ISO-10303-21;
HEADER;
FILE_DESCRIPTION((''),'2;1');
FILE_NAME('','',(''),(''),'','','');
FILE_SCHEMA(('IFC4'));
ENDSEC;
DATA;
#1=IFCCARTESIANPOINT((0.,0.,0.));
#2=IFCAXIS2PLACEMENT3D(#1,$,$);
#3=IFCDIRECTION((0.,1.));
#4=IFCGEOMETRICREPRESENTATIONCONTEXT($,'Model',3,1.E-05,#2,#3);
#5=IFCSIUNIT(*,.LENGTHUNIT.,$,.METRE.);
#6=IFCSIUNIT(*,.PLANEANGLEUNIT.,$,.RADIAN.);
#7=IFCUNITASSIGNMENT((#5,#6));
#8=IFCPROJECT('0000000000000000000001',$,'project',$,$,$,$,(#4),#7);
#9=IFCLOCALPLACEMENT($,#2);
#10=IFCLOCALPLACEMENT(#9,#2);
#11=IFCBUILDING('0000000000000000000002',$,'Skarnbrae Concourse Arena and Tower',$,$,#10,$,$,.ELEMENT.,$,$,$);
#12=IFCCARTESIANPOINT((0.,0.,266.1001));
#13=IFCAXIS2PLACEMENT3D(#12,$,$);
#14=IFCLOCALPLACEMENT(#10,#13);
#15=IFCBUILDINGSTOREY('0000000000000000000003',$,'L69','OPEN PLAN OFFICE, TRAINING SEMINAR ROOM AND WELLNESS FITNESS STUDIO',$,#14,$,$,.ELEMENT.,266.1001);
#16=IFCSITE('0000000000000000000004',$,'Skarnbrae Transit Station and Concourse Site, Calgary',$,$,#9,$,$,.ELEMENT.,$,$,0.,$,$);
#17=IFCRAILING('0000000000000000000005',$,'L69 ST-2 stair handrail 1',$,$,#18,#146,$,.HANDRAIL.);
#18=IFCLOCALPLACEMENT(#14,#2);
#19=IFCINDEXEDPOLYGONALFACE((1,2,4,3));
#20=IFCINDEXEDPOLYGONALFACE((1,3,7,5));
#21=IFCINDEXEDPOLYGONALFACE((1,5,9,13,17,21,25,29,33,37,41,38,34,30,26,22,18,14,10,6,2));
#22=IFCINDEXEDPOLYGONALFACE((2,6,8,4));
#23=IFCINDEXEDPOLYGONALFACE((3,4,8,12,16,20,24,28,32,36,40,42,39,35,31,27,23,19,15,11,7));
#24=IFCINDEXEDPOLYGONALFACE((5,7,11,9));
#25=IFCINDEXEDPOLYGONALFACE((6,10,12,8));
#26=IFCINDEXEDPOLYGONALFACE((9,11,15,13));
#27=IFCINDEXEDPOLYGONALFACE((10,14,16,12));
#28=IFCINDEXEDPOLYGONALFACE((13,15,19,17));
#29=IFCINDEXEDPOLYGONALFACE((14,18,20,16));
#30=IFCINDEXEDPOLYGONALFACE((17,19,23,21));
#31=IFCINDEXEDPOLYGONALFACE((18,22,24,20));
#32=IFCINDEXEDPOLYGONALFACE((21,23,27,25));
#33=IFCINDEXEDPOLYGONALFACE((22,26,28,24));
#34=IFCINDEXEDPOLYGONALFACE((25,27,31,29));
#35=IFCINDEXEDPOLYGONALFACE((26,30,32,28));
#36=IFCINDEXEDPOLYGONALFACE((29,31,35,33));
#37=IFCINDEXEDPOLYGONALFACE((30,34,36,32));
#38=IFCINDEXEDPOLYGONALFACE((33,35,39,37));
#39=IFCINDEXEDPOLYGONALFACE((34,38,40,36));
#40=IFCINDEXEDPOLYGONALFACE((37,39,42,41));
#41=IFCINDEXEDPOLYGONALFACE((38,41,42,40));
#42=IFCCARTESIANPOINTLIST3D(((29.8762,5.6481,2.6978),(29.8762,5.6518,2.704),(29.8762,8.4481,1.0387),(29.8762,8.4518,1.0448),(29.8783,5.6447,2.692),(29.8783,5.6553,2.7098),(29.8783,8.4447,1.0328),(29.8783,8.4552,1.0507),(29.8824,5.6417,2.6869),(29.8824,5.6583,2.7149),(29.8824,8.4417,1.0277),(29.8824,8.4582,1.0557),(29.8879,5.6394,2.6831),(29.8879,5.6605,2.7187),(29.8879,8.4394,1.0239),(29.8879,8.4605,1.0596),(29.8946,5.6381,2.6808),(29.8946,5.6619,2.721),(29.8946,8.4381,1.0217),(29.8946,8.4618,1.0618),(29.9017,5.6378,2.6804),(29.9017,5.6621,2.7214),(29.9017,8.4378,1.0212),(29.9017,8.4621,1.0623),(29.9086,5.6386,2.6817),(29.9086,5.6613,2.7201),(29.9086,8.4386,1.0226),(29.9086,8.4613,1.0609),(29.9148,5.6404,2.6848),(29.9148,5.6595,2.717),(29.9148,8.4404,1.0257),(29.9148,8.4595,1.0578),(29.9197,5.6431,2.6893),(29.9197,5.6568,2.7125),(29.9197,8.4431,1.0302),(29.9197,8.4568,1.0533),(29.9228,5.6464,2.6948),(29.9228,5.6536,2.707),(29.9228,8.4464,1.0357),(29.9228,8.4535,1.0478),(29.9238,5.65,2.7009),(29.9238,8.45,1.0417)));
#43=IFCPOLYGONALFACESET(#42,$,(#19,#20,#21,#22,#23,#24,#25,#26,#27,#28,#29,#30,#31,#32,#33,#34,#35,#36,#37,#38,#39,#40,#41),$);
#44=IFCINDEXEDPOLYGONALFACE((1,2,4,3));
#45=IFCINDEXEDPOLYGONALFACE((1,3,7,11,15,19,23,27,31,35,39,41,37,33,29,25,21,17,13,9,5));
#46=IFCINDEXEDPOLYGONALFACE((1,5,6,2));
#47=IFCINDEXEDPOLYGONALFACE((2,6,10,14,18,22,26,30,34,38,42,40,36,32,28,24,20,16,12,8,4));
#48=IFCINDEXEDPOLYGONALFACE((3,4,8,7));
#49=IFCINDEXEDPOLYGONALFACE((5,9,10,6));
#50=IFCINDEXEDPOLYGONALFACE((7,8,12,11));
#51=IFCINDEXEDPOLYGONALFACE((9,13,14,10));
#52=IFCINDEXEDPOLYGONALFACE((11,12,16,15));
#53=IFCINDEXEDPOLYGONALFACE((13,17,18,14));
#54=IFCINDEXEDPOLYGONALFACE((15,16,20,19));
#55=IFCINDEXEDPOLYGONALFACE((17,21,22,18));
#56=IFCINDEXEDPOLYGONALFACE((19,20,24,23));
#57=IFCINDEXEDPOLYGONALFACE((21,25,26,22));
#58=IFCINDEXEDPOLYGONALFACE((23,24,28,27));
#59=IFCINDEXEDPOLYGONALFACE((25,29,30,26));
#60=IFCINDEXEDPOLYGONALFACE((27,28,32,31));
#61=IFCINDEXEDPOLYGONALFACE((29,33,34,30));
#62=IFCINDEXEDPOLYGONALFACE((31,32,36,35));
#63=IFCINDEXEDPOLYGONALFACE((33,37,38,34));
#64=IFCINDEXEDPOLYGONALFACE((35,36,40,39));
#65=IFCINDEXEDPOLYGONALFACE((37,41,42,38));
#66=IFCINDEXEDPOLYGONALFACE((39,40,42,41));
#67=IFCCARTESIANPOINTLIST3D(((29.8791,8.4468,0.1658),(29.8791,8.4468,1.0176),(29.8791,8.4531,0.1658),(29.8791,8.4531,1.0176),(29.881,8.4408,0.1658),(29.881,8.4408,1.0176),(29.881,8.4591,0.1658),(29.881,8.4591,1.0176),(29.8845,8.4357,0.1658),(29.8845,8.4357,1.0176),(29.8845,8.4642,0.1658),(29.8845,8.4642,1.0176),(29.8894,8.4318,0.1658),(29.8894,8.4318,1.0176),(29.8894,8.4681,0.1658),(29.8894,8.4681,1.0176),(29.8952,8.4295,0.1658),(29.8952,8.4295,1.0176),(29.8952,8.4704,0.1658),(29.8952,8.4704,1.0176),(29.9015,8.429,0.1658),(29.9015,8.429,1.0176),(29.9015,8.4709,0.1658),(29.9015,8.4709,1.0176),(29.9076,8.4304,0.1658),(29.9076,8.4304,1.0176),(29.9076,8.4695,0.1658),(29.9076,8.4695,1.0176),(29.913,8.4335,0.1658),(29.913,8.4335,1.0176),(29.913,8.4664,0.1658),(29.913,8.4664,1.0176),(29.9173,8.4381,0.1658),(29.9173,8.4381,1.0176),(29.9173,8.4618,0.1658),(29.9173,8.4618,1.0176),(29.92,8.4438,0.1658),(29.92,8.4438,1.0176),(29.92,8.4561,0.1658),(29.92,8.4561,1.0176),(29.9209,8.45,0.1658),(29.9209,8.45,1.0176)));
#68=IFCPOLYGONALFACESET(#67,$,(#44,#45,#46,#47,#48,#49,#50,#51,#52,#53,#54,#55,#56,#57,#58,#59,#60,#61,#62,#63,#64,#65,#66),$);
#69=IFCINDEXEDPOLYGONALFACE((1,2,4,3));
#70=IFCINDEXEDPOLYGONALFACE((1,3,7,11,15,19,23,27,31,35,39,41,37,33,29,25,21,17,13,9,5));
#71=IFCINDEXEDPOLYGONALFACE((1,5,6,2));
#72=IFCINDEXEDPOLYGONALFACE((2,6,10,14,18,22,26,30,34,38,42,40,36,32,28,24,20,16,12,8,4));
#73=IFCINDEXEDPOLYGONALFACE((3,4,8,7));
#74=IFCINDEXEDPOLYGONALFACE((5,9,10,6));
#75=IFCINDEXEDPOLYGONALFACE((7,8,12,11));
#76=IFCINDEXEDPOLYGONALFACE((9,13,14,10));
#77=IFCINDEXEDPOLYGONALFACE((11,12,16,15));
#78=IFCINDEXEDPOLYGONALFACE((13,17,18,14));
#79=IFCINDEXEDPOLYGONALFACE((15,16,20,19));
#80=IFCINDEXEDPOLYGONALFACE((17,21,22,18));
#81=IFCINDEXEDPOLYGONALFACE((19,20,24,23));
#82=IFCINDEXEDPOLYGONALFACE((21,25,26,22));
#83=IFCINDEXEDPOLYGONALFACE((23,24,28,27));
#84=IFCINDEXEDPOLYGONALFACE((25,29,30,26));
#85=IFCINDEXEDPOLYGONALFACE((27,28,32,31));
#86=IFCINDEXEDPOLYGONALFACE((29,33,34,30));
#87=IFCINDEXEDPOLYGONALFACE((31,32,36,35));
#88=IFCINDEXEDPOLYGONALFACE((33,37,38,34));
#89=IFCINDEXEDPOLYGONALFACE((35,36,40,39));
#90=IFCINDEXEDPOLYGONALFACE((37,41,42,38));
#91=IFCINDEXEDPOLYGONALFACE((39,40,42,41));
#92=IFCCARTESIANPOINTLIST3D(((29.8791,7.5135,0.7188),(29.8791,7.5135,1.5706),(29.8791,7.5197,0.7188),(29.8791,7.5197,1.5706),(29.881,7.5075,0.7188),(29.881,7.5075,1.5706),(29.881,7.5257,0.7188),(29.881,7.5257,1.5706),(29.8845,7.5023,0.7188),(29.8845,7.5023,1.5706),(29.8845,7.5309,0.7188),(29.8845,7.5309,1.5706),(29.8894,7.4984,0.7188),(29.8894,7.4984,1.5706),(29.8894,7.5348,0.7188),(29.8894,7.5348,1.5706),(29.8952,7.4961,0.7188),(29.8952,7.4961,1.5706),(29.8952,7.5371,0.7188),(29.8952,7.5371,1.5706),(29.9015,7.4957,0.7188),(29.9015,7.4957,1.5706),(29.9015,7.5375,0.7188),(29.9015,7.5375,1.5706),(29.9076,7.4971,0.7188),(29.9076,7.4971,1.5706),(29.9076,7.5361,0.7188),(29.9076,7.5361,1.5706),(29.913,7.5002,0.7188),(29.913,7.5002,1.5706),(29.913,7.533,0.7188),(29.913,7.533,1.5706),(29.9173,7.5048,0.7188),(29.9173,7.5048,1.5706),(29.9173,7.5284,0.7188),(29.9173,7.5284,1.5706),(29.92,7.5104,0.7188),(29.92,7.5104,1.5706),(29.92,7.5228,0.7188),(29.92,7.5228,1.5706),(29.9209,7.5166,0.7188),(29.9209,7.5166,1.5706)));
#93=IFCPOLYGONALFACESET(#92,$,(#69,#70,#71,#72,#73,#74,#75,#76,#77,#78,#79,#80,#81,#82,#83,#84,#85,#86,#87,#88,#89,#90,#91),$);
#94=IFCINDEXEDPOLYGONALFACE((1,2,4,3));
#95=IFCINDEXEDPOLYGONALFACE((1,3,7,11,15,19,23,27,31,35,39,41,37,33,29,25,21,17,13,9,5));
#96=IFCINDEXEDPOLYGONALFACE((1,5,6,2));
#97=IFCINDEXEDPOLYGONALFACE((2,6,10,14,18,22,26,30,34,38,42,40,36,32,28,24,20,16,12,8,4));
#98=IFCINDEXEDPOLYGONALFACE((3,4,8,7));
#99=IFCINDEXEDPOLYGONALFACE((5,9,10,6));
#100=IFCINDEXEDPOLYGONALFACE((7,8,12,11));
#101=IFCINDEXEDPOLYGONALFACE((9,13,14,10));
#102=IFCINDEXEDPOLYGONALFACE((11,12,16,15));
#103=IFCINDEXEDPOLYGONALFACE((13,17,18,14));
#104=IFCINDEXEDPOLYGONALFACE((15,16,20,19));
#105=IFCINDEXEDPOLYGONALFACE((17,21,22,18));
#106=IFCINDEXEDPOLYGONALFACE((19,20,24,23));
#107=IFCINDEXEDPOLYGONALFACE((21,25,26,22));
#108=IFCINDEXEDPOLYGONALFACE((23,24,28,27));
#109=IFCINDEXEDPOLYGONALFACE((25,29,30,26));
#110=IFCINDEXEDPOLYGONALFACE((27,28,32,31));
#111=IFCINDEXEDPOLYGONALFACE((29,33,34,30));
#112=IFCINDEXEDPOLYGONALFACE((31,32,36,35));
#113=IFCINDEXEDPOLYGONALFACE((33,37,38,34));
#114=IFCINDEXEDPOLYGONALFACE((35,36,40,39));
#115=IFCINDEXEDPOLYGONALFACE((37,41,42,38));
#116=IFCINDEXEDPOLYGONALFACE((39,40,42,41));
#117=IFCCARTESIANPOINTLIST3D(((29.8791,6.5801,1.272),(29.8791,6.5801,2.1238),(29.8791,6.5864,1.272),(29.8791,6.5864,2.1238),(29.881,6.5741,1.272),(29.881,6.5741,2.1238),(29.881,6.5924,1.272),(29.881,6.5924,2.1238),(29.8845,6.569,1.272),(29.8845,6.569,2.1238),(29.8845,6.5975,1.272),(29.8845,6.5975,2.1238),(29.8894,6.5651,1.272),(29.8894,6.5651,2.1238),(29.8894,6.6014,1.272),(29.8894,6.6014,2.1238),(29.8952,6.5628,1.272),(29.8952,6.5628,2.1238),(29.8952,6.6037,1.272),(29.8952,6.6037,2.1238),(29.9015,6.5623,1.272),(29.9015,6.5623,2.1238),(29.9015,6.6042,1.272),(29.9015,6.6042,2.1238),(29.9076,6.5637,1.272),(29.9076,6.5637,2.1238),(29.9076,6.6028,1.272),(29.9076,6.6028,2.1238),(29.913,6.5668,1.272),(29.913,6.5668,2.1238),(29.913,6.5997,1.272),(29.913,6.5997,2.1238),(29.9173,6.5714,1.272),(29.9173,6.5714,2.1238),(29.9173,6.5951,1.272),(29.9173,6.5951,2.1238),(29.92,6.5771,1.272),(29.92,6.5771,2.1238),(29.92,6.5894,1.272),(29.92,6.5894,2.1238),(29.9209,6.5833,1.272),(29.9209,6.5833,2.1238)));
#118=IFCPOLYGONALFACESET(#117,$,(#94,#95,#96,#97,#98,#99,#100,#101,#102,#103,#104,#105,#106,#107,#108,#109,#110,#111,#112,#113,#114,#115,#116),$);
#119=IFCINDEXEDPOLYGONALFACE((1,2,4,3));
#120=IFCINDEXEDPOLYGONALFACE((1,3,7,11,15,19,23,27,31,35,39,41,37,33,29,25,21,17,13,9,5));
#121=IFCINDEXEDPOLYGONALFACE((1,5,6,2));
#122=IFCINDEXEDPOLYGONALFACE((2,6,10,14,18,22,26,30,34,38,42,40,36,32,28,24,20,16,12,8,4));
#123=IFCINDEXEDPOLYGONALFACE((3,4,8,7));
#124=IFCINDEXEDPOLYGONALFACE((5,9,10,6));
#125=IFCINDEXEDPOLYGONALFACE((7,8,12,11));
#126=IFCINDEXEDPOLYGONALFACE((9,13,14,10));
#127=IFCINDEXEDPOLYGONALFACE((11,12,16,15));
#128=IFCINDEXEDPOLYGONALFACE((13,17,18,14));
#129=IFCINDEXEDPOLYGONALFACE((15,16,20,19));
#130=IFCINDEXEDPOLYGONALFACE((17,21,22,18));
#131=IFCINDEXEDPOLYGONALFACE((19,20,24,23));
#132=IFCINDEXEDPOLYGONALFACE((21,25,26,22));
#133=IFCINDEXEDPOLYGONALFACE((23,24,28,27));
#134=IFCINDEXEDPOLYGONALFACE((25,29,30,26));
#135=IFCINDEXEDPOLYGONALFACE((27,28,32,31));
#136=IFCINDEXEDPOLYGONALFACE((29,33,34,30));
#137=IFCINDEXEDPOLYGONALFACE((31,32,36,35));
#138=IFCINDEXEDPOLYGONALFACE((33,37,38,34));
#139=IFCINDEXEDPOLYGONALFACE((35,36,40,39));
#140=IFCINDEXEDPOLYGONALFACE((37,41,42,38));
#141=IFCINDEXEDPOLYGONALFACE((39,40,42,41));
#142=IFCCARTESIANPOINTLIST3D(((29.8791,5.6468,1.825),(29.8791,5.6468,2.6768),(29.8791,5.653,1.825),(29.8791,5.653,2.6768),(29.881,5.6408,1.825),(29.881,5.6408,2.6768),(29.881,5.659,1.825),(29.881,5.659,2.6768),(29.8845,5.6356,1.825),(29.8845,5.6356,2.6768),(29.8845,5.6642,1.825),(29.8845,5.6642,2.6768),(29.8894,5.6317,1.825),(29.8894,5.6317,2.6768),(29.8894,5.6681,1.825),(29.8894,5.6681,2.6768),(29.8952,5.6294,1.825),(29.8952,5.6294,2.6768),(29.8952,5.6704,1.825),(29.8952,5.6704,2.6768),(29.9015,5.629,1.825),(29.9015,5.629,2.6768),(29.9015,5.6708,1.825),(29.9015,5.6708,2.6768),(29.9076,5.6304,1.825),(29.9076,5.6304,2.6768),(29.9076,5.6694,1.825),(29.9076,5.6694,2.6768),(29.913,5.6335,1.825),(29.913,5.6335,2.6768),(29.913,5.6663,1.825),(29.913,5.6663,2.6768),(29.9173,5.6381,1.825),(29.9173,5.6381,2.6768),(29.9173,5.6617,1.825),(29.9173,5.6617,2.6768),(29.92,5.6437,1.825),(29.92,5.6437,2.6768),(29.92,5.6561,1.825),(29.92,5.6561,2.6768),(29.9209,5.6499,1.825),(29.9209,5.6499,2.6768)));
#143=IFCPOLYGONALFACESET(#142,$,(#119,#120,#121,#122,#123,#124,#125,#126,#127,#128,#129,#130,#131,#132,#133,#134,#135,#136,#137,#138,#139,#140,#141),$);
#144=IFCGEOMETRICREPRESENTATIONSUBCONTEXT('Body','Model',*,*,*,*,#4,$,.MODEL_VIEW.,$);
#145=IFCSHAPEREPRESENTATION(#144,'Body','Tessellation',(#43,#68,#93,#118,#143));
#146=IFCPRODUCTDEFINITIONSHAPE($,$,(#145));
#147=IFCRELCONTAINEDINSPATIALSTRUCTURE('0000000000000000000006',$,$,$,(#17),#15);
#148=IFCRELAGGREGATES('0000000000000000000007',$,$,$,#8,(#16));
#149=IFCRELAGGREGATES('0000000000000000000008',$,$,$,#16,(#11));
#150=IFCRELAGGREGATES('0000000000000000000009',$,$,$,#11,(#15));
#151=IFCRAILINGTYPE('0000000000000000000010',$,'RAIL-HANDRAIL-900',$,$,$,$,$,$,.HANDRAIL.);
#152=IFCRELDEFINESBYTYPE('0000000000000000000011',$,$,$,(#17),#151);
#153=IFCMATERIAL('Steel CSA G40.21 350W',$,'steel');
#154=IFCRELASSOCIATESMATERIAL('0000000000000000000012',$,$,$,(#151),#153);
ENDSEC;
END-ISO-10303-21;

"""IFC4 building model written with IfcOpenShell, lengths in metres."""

from ifc_helpers import new_model, si_unit, direction, frame, origin, origin_2d, place, context, subcontext, project, spatial, circle, extrude, material, type_object, element, save


model = new_model("IFC4")

# Units and contexts
model_context = context("Model", 3, precision=1e-05, world=origin(), true_north=direction((0.0, 1.0)))
body_context = subcontext(model_context, "Body", "Model", "MODEL_VIEW")
ifc_project = project(units=[si_unit("LENGTHUNIT", "METRE"), si_unit("PLANEANGLEUNIT", "RADIAN")], contexts=[model_context])

# Site, building, storey
site_placement = place(None, origin())
site = spatial("IfcSite", under=ifc_project, at=site_placement, Name="Skarnbrae Transit Station and Concourse Site, Calgary", CompositionType="ELEMENT", RefElevation=0.0)
building_placement = place(site_placement, origin())
building = spatial("IfcBuilding", under=site, at=building_placement, Name="Skarnbrae Concourse Arena and Tower", CompositionType="ELEMENT")
storey_placement = place(building_placement, frame((0.0, 0.0, 266.1001)))
storey = spatial("IfcBuildingStorey", under=building, at=storey_placement, Name="L69", Description="OPEN PLAN OFFICE, TRAINING SEMINAR ROOM AND WELLNESS FITNESS STUDIO", CompositionType="ELEMENT", Elevation=266.1001)

# Shared definitions
ifc_material_1 = material(Name="Steel CSA G40.21 350W", Category="steel")

# Railing
railing_type_1 = type_object("IfcRailingType", Name="RAIL-HANDRAIL-900", PredefinedType="HANDRAIL", material=ifc_material_1)
railing_1_placement = place(storey_placement, frame((29.8999, 8.45, 0.1658)))
element("IfcRailing", 1, at=railing_1_placement, inside=storey, type_object=railing_type_1, Name="L69 ST-2 stair handrail 1", PredefinedType="HANDRAIL", context=body_context, shape_type="SweptSolid", body=[
    extrude(circle(Radius=0.0239, at=origin_2d()), frame((0.0, 0.0, 0.876), z_axis=(0.0, -0.860306, 0.509778), x_axis=(1.0, 0.0, 0.0)), (0.0, 0.0, 1.0), 3.2546),
    extrude(circle(Radius=0.021, at=origin_2d()), origin(), (0.0, 0.0, 1.0), 0.8518),
    extrude(circle(Radius=0.021, at=origin_2d()), frame((0.0, -0.9333, 0.553)), (0.0, 0.0, 1.0), 0.8518),
    extrude(circle(Radius=0.021, at=origin_2d()), frame((0.0, -1.8667, 1.1062)), (0.0, 0.0, 1.0), 0.8518),
    extrude(circle(Radius=0.021, at=origin_2d()), frame((0.0, -2.8, 1.6592)), (0.0, 0.0, 1.0), 0.8518),
])

save(model, "model.ifc")
